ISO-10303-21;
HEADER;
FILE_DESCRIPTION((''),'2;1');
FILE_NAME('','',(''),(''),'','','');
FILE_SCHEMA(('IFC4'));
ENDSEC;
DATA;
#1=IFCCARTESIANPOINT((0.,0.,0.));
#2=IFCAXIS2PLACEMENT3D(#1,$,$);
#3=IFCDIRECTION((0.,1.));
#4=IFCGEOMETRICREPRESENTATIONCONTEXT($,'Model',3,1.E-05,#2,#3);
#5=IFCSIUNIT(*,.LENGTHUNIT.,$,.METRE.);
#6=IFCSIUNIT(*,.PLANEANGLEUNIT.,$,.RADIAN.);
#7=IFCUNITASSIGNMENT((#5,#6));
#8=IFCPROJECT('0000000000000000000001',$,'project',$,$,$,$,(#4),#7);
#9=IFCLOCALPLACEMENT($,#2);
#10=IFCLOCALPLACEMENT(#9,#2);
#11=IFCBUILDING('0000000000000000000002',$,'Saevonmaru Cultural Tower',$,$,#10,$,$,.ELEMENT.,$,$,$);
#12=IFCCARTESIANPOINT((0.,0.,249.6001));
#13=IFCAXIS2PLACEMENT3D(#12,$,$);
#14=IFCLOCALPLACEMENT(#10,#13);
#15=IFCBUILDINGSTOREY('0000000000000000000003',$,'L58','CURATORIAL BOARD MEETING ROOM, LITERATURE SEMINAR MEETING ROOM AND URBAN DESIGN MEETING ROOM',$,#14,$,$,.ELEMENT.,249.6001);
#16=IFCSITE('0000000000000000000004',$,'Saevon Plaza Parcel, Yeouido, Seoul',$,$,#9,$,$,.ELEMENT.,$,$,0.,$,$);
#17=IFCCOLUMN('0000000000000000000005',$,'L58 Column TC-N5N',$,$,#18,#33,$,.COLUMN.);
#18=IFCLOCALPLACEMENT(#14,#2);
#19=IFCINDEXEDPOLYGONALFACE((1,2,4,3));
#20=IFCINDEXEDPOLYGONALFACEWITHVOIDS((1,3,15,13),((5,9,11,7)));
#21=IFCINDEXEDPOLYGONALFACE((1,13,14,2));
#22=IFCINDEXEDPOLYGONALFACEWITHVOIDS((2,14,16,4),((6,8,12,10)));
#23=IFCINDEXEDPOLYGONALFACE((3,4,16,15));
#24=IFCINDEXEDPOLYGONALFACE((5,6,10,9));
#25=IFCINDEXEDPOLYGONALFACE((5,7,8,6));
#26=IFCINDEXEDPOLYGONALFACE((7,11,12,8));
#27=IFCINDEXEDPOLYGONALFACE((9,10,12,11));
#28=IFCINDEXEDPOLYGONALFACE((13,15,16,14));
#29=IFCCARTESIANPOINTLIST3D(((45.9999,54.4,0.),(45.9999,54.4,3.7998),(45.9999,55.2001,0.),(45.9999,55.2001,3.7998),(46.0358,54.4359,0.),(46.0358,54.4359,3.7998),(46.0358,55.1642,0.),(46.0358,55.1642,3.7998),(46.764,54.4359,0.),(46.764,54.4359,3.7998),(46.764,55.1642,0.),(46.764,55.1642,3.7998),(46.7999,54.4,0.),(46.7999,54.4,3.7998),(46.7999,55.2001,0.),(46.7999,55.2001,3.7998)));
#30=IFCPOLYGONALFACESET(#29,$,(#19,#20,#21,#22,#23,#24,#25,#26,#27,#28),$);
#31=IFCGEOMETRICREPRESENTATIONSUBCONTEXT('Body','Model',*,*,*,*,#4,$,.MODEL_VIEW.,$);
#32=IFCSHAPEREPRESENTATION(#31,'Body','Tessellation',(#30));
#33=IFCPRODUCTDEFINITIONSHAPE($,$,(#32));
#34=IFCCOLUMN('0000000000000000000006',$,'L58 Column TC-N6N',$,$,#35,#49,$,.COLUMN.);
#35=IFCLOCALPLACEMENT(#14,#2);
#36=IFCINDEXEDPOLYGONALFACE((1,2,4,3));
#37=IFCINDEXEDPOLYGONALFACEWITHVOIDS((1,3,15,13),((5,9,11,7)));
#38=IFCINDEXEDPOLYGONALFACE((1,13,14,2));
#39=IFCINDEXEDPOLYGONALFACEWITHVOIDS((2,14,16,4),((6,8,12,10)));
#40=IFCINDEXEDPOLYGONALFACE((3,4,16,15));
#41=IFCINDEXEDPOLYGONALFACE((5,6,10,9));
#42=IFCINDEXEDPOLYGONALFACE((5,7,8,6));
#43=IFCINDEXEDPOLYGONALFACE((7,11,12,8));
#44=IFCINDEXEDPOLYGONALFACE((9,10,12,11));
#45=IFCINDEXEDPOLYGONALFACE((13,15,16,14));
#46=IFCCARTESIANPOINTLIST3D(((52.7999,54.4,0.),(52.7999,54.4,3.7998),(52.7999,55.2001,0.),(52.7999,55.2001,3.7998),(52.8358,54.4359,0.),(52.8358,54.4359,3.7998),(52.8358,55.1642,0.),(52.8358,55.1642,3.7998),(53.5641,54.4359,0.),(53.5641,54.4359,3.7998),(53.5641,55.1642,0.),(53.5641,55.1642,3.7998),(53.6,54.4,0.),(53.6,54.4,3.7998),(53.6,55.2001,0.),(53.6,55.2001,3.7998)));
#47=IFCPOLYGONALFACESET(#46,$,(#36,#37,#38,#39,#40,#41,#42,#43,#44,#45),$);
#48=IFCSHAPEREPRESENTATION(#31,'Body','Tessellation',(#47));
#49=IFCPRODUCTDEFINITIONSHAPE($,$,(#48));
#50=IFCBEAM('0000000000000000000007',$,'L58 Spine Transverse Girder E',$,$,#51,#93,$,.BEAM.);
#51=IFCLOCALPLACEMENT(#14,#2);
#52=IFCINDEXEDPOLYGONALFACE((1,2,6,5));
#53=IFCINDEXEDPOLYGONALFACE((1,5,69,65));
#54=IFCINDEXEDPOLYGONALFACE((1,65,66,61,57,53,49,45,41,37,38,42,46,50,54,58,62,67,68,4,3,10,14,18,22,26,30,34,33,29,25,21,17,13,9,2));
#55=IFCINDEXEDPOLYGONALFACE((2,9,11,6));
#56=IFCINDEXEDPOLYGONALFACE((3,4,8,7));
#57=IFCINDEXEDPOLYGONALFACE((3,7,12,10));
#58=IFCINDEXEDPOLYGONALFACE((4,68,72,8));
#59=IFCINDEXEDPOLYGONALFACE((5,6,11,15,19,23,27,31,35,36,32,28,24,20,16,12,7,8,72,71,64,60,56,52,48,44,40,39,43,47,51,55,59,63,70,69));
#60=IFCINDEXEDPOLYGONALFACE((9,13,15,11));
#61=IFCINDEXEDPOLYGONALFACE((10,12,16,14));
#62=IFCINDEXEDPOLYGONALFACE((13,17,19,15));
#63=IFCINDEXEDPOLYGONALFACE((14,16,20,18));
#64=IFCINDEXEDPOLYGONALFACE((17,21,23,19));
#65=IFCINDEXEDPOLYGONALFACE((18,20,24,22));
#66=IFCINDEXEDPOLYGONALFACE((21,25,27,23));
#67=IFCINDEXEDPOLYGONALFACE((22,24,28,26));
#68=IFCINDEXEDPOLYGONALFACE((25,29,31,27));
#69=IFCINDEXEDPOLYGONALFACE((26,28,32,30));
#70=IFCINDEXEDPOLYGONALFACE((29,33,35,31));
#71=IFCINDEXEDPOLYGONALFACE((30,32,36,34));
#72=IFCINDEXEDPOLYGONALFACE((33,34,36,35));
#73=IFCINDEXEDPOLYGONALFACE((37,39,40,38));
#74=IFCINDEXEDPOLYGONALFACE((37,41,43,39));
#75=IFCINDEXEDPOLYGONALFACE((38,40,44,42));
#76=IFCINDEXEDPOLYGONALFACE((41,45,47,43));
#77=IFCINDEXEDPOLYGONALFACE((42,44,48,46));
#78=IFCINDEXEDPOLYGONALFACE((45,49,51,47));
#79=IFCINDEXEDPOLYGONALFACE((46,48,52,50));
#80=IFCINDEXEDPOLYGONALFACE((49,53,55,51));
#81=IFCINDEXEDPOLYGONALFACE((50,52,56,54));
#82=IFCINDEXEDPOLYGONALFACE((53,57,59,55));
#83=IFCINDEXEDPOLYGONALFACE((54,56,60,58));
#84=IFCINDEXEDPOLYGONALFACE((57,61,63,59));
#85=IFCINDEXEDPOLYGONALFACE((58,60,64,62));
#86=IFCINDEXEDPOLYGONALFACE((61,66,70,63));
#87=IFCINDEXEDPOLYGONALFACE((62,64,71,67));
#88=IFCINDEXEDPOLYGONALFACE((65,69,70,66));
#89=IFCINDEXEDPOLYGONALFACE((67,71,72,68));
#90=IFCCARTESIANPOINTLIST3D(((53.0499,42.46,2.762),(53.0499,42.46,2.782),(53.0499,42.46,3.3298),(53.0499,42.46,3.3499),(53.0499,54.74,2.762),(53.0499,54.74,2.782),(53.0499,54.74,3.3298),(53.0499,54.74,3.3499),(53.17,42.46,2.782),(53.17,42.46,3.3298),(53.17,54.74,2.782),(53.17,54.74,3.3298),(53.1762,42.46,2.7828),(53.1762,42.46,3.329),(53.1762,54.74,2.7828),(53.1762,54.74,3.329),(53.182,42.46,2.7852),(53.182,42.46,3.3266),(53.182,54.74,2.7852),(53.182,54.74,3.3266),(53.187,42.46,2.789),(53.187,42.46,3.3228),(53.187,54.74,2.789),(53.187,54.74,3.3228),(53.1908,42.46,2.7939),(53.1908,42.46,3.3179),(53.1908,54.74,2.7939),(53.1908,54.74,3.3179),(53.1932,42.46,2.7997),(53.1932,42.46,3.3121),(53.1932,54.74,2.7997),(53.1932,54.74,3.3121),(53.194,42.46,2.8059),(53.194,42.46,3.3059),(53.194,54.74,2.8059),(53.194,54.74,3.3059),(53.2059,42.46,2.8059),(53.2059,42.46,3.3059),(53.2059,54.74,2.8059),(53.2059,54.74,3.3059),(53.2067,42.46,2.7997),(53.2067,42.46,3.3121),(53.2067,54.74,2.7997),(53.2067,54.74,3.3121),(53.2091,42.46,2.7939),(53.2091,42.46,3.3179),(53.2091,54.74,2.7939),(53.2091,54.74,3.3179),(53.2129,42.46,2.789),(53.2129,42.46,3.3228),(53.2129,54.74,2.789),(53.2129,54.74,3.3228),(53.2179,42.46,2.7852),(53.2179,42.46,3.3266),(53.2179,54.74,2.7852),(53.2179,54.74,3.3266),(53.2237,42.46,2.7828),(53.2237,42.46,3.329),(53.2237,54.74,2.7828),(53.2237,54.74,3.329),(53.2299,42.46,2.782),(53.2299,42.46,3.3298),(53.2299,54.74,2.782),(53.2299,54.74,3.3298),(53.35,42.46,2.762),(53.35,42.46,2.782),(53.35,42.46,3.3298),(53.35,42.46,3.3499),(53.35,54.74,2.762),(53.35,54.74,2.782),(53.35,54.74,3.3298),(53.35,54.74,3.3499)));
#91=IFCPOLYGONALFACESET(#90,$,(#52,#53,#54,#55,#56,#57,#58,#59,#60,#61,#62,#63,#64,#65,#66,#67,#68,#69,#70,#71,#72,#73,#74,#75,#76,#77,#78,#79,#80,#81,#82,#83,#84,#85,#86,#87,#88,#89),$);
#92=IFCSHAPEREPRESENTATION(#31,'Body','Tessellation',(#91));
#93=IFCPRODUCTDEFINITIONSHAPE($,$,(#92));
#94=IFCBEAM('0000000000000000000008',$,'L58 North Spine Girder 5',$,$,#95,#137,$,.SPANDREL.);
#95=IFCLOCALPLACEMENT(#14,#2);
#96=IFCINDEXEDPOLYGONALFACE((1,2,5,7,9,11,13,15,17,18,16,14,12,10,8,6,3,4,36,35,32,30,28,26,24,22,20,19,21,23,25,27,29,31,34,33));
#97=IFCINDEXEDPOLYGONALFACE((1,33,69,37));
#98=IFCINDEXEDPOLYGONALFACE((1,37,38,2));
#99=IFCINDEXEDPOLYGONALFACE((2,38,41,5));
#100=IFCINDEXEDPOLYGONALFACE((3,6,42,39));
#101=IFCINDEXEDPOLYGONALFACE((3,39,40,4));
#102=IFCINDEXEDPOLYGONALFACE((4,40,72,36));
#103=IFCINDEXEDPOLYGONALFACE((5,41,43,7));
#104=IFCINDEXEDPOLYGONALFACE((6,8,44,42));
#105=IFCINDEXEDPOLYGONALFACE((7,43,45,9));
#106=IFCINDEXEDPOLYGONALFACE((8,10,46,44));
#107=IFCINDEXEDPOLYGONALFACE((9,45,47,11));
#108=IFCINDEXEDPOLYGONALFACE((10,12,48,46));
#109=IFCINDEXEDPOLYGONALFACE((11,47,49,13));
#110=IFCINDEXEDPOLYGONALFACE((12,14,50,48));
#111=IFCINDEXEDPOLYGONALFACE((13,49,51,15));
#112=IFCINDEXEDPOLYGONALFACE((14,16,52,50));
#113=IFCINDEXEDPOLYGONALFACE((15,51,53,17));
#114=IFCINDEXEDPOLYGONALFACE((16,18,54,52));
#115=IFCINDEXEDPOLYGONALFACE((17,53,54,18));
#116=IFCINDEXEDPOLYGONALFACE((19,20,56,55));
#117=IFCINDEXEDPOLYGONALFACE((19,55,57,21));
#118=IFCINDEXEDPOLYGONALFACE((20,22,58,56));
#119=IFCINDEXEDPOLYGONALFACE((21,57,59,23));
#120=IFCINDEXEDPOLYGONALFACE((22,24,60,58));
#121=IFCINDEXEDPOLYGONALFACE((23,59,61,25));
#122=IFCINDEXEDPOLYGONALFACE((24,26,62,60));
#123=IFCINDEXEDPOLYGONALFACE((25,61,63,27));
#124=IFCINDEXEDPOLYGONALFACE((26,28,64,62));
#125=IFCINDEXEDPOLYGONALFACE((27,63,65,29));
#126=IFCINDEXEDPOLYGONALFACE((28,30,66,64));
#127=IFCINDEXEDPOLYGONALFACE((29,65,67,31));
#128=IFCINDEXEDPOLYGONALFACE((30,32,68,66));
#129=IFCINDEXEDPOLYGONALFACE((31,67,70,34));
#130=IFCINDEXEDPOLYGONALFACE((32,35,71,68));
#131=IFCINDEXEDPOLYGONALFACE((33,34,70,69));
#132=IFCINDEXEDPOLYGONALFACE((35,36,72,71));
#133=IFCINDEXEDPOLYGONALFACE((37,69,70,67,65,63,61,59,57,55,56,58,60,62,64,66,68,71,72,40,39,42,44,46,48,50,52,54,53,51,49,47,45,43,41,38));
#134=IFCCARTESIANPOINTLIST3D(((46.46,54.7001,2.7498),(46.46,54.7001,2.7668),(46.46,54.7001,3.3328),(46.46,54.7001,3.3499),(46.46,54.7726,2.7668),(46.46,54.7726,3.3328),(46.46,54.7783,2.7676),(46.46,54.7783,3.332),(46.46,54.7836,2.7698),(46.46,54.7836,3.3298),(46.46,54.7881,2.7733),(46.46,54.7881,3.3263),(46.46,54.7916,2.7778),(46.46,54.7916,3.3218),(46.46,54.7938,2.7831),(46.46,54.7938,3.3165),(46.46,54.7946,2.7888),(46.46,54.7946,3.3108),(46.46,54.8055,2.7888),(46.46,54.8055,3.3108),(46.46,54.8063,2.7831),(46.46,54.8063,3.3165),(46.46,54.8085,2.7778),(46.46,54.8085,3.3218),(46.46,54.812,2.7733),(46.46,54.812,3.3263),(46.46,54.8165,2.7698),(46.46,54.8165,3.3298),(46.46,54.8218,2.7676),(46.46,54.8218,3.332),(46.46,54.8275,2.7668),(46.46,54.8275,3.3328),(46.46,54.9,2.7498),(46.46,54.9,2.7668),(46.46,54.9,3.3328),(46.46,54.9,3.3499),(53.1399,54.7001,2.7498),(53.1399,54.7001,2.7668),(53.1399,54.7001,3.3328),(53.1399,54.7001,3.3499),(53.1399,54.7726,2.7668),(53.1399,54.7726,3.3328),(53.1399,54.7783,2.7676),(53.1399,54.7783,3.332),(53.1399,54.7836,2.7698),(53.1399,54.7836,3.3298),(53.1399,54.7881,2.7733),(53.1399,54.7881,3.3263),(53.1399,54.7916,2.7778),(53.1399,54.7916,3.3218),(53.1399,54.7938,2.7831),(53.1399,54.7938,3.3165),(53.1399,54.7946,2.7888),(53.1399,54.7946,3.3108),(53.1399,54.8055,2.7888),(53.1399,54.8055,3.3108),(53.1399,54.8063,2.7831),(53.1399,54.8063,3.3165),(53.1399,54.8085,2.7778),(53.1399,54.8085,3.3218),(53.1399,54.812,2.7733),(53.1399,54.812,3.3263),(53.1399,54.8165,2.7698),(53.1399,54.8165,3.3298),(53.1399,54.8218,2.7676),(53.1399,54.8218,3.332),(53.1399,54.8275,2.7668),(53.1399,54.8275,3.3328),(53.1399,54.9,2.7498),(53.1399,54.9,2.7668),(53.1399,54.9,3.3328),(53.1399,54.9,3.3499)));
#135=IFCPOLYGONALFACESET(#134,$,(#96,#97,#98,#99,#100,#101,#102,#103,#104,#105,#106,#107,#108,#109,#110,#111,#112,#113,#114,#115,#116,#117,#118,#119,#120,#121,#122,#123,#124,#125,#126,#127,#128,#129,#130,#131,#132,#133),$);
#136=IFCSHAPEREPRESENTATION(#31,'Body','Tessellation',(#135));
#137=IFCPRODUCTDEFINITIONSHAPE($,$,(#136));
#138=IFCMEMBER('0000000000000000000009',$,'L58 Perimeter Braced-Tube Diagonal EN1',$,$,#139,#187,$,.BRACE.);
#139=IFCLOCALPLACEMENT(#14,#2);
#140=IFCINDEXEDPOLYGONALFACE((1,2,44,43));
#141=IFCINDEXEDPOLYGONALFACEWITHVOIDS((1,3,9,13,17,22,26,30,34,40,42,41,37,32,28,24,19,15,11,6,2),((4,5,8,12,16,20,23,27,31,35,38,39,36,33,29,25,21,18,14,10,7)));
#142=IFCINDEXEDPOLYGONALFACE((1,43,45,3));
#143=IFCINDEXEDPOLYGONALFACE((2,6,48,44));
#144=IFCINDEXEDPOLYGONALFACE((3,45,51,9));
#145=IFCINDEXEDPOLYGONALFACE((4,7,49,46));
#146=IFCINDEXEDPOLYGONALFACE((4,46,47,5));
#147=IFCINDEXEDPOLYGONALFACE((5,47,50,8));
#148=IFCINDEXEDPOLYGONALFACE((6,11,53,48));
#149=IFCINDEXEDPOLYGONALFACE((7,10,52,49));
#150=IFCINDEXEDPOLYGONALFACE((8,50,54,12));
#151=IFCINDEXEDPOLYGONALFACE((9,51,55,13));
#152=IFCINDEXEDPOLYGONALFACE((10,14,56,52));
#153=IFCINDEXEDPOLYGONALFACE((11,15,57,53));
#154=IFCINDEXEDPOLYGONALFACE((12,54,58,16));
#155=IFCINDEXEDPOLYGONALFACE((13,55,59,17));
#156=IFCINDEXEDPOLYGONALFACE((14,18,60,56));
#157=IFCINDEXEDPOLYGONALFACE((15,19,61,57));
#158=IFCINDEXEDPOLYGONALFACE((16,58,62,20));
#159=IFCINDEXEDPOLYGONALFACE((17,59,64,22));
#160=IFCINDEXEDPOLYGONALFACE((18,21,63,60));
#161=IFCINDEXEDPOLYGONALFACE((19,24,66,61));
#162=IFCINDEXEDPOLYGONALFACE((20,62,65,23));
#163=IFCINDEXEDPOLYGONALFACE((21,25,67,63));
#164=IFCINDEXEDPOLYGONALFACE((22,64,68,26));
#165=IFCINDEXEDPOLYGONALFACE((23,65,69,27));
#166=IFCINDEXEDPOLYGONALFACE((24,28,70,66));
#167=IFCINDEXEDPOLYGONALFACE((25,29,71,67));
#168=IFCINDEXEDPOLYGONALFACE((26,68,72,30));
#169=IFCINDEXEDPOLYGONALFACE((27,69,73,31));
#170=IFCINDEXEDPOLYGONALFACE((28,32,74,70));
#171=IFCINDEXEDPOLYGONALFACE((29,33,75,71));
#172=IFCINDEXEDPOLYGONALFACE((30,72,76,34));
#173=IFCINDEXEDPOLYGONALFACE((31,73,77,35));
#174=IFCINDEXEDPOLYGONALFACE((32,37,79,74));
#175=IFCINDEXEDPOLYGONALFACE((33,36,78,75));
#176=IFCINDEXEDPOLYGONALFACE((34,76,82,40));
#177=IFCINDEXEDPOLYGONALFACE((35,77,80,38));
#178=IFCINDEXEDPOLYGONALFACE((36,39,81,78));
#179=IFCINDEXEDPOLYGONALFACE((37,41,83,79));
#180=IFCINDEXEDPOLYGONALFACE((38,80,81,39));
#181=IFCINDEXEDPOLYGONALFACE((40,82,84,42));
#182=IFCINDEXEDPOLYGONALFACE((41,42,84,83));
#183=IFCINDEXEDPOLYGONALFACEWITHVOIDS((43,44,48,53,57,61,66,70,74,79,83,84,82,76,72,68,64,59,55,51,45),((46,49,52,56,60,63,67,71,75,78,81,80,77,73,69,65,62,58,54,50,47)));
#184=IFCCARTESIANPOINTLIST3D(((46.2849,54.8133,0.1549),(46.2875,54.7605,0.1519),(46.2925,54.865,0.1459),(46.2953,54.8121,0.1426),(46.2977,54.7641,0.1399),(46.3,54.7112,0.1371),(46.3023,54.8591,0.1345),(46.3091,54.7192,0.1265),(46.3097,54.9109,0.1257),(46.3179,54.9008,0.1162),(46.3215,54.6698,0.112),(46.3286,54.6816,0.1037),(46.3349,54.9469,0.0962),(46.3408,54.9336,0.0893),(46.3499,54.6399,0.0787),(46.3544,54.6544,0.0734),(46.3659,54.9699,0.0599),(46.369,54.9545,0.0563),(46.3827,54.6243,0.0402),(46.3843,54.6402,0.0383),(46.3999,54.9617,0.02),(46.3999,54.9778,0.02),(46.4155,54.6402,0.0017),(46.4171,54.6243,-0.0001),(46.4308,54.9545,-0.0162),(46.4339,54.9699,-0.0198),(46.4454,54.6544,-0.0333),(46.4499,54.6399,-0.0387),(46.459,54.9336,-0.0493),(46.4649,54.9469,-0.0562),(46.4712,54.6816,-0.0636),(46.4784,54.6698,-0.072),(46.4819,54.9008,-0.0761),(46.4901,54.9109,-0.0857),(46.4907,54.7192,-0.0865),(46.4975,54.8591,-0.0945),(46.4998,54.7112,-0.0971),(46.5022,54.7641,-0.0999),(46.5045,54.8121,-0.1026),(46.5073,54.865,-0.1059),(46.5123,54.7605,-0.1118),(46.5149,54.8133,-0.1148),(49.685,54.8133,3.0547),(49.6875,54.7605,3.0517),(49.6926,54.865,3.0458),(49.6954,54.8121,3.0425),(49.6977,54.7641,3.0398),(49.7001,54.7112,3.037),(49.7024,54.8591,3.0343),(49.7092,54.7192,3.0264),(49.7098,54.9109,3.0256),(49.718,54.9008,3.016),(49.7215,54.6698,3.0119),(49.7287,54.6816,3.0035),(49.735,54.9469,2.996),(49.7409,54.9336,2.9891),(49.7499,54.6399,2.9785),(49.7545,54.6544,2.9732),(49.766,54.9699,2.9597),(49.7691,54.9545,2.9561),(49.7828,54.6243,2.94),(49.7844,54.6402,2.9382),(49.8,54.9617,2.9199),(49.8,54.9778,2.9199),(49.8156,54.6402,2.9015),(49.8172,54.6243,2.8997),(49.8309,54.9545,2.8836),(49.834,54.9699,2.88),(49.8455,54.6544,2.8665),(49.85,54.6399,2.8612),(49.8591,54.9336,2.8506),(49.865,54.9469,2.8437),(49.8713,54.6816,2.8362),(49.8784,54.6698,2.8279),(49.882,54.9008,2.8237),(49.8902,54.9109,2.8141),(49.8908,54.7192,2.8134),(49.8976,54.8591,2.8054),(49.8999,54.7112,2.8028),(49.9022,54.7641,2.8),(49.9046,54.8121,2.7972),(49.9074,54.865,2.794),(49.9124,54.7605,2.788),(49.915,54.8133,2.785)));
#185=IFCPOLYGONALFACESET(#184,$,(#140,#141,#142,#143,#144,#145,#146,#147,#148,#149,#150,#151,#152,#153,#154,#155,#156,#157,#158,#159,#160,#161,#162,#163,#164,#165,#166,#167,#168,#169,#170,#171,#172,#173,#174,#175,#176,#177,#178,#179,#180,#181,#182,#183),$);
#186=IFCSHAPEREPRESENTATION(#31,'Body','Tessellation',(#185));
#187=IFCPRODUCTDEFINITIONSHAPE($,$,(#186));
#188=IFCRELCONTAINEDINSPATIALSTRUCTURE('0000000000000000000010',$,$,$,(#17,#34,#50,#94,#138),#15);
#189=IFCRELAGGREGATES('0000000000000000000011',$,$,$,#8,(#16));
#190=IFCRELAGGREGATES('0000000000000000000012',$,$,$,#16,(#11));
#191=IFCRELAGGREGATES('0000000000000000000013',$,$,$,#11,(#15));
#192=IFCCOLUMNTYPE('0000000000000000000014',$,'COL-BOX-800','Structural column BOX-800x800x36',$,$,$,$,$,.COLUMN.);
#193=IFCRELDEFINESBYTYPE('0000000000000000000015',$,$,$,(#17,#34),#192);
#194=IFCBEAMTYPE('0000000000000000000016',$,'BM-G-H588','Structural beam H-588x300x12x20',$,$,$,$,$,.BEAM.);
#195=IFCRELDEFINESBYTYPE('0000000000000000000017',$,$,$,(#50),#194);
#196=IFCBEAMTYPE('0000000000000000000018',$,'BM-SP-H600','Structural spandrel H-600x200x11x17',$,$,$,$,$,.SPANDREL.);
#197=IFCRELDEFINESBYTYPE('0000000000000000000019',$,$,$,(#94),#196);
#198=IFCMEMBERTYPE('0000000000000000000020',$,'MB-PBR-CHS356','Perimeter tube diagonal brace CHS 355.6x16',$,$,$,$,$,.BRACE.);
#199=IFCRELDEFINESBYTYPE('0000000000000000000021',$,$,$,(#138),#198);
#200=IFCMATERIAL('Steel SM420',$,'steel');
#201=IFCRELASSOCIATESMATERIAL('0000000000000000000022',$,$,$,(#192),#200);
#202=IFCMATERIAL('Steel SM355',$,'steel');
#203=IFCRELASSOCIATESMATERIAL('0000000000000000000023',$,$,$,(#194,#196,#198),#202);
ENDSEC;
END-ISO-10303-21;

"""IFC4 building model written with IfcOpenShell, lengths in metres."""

from ifc_helpers import new_model, si_unit, direction, frame, origin, origin_2d, place, context, subcontext, project, spatial, hollow_rectangle, hollow_circle, i_section, extrude, material, material_profile, profile_set, type_object, element, save


model = new_model("IFC4")

# Units and contexts
model_context = context("Model", 3, precision=1e-05, world=origin(), true_north=direction((0.0, 1.0)))
body_context = subcontext(model_context, "Body", "Model", "MODEL_VIEW")
ifc_project = project(units=[si_unit("LENGTHUNIT", "METRE"), si_unit("PLANEANGLEUNIT", "RADIAN")], contexts=[model_context])

# Site, building, storey
site_placement = place(None, origin())
site = spatial("IfcSite", under=ifc_project, at=site_placement, Name="Saevon Plaza Parcel, Yeouido, Seoul", CompositionType="ELEMENT", RefElevation=0.0)
building_placement = place(site_placement, origin())
building = spatial("IfcBuilding", under=site, at=building_placement, Name="Saevonmaru Cultural Tower", CompositionType="ELEMENT")
storey_placement = place(building_placement, frame((0.0, 0.0, 249.6001)))
storey = spatial("IfcBuildingStorey", under=building, at=storey_placement, Name="L58", Description="CURATORIAL BOARD MEETING ROOM, LITERATURE SEMINAR MEETING ROOM AND URBAN DESIGN MEETING ROOM", CompositionType="ELEMENT", Elevation=249.6001)

# Columns
ifc_material_1 = material(Name="Steel SM420", Category="steel")
ifc_material_profile_1 = material_profile(ifc_material_1, hollow_rectangle(XDim=0.8, YDim=0.8, WallThickness=0.0359, at=origin_2d()), Name="BOX-800x800x36")
ifc_profile_set_1 = profile_set([ifc_material_profile_1], Name="Steel SM420")
column_type = type_object("IfcColumnType", Name="COL-BOX-800", Description="Structural column BOX-800x800x36", PredefinedType="COLUMN", material=ifc_profile_set_1)
for number, where, z_axis, x_axis, name in (
    (1, (46.3999, 54.8, 0.0), (0.0, 0.0, 1.0), (1.0, 0.0, 0.0), "L58 Column TC-N5N"),
    (2, (53.2, 54.8, 0.0), (0.0, 0.0, 1.0), (1.0, 0.0, 0.0), "L58 Column TC-N6N"),
):
    element("IfcColumn", number, at=place(storey_placement, frame(where, z_axis=z_axis, x_axis=x_axis)), inside=storey, type_object=column_type, Name=name, PredefinedType="COLUMN", context=body_context, shape_type="SweptSolid", body=[
        extrude(hollow_rectangle(XDim=0.8, YDim=0.8, WallThickness=0.0359, at=origin_2d()), origin(), (0.0, 0.0, 1.0), 3.7998),
    ])

# Beams
ifc_material_2 = material(Name="Steel SM355", Category="steel")
ifc_material_profile_2 = material_profile(ifc_material_2, i_section(OverallWidth=0.3, OverallDepth=0.5879, WebThickness=0.012, FlangeThickness=0.02, FilletRadius=0.0239, at=origin_2d()), Name="H-588x300x12x20")
ifc_profile_set_2 = profile_set([ifc_material_profile_2], Name="Steel SM355")
beam_type_1 = type_object("IfcBeamType", Name="BM-G-H588", Description="Structural beam H-588x300x12x20", PredefinedType="BEAM", material=ifc_profile_set_2)
beam_1_placement = place(storey_placement, frame((53.2, 54.74, 3.0559), z_axis=(0.0, -1.0, 0.0), x_axis=(1.0, 0.0, 0.0)))
element("IfcBeam", 3, at=beam_1_placement, inside=storey, type_object=beam_type_1, Name="L58 Spine Transverse Girder E", PredefinedType="BEAM", context=body_context, shape_type="SweptSolid", body=[
    extrude(i_section(OverallWidth=0.3, OverallDepth=0.5879, WebThickness=0.012, FlangeThickness=0.02, FilletRadius=0.0239, at=origin_2d()), origin(), (0.0, 0.0, 1.0), 12.28),
])
ifc_material_profile_3 = material_profile(ifc_material_2, i_section(OverallWidth=0.2, OverallDepth=0.6001, WebThickness=0.011, FlangeThickness=0.0171, FilletRadius=0.022, at=origin_2d()), Name="H-600x200x11x17")
ifc_profile_set_3 = profile_set([ifc_material_profile_3], Name="Steel SM355")
beam_type_2 = type_object("IfcBeamType", Name="BM-SP-H600", Description="Structural spandrel H-600x200x11x17", PredefinedType="SPANDREL", material=ifc_profile_set_3)
beam_2_placement = place(storey_placement, frame((46.46, 54.8, 3.0498), z_axis=(1.0, 0.0, 0.0), x_axis=(0.0, 1.0, 0.0)))
element("IfcBeam", 4, at=beam_2_placement, inside=storey, type_object=beam_type_2, Name="L58 North Spine Girder 5", PredefinedType="SPANDREL", context=body_context, shape_type="SweptSolid", body=[
    extrude(i_section(OverallWidth=0.2, OverallDepth=0.6001, WebThickness=0.011, FlangeThickness=0.0171, FilletRadius=0.022, at=origin_2d()), origin(), (0.0, 0.0, 1.0), 6.6799),
])

# Member
ifc_material_profile_4 = material_profile(ifc_material_2, hollow_circle(Radius=0.1777, WallThickness=0.0161, at=origin_2d()), Name="CHS-355.6x16")
ifc_profile_set_4 = profile_set([ifc_material_profile_4], Name="Steel SM355")
member_type_1 = type_object("IfcMemberType", Name="MB-PBR-CHS356", Description="Perimeter tube diagonal brace CHS 355.6x16", PredefinedType="BRACE", material=ifc_profile_set_4)
for number, where, z_axis, x_axis, name in (
    (5, (46.3999, 54.8, 0.02), (0.760859, 0.0, 0.648918), (0.0, 1.0, 0.0), "L58 Perimeter Braced-Tube Diagonal EN1"),
):
    element("IfcMember", number, at=place(storey_placement, frame(where, z_axis=z_axis, x_axis=x_axis)), inside=storey, type_object=member_type_1, Name=name, PredefinedType="BRACE", context=body_context, shape_type="SweptSolid", body=[
        extrude(hollow_circle(Radius=0.1777, WallThickness=0.0161, at=origin_2d()), origin(), (0.0, 0.0, 1.0), 4.4688),
    ])

save(model, "model.ifc")
